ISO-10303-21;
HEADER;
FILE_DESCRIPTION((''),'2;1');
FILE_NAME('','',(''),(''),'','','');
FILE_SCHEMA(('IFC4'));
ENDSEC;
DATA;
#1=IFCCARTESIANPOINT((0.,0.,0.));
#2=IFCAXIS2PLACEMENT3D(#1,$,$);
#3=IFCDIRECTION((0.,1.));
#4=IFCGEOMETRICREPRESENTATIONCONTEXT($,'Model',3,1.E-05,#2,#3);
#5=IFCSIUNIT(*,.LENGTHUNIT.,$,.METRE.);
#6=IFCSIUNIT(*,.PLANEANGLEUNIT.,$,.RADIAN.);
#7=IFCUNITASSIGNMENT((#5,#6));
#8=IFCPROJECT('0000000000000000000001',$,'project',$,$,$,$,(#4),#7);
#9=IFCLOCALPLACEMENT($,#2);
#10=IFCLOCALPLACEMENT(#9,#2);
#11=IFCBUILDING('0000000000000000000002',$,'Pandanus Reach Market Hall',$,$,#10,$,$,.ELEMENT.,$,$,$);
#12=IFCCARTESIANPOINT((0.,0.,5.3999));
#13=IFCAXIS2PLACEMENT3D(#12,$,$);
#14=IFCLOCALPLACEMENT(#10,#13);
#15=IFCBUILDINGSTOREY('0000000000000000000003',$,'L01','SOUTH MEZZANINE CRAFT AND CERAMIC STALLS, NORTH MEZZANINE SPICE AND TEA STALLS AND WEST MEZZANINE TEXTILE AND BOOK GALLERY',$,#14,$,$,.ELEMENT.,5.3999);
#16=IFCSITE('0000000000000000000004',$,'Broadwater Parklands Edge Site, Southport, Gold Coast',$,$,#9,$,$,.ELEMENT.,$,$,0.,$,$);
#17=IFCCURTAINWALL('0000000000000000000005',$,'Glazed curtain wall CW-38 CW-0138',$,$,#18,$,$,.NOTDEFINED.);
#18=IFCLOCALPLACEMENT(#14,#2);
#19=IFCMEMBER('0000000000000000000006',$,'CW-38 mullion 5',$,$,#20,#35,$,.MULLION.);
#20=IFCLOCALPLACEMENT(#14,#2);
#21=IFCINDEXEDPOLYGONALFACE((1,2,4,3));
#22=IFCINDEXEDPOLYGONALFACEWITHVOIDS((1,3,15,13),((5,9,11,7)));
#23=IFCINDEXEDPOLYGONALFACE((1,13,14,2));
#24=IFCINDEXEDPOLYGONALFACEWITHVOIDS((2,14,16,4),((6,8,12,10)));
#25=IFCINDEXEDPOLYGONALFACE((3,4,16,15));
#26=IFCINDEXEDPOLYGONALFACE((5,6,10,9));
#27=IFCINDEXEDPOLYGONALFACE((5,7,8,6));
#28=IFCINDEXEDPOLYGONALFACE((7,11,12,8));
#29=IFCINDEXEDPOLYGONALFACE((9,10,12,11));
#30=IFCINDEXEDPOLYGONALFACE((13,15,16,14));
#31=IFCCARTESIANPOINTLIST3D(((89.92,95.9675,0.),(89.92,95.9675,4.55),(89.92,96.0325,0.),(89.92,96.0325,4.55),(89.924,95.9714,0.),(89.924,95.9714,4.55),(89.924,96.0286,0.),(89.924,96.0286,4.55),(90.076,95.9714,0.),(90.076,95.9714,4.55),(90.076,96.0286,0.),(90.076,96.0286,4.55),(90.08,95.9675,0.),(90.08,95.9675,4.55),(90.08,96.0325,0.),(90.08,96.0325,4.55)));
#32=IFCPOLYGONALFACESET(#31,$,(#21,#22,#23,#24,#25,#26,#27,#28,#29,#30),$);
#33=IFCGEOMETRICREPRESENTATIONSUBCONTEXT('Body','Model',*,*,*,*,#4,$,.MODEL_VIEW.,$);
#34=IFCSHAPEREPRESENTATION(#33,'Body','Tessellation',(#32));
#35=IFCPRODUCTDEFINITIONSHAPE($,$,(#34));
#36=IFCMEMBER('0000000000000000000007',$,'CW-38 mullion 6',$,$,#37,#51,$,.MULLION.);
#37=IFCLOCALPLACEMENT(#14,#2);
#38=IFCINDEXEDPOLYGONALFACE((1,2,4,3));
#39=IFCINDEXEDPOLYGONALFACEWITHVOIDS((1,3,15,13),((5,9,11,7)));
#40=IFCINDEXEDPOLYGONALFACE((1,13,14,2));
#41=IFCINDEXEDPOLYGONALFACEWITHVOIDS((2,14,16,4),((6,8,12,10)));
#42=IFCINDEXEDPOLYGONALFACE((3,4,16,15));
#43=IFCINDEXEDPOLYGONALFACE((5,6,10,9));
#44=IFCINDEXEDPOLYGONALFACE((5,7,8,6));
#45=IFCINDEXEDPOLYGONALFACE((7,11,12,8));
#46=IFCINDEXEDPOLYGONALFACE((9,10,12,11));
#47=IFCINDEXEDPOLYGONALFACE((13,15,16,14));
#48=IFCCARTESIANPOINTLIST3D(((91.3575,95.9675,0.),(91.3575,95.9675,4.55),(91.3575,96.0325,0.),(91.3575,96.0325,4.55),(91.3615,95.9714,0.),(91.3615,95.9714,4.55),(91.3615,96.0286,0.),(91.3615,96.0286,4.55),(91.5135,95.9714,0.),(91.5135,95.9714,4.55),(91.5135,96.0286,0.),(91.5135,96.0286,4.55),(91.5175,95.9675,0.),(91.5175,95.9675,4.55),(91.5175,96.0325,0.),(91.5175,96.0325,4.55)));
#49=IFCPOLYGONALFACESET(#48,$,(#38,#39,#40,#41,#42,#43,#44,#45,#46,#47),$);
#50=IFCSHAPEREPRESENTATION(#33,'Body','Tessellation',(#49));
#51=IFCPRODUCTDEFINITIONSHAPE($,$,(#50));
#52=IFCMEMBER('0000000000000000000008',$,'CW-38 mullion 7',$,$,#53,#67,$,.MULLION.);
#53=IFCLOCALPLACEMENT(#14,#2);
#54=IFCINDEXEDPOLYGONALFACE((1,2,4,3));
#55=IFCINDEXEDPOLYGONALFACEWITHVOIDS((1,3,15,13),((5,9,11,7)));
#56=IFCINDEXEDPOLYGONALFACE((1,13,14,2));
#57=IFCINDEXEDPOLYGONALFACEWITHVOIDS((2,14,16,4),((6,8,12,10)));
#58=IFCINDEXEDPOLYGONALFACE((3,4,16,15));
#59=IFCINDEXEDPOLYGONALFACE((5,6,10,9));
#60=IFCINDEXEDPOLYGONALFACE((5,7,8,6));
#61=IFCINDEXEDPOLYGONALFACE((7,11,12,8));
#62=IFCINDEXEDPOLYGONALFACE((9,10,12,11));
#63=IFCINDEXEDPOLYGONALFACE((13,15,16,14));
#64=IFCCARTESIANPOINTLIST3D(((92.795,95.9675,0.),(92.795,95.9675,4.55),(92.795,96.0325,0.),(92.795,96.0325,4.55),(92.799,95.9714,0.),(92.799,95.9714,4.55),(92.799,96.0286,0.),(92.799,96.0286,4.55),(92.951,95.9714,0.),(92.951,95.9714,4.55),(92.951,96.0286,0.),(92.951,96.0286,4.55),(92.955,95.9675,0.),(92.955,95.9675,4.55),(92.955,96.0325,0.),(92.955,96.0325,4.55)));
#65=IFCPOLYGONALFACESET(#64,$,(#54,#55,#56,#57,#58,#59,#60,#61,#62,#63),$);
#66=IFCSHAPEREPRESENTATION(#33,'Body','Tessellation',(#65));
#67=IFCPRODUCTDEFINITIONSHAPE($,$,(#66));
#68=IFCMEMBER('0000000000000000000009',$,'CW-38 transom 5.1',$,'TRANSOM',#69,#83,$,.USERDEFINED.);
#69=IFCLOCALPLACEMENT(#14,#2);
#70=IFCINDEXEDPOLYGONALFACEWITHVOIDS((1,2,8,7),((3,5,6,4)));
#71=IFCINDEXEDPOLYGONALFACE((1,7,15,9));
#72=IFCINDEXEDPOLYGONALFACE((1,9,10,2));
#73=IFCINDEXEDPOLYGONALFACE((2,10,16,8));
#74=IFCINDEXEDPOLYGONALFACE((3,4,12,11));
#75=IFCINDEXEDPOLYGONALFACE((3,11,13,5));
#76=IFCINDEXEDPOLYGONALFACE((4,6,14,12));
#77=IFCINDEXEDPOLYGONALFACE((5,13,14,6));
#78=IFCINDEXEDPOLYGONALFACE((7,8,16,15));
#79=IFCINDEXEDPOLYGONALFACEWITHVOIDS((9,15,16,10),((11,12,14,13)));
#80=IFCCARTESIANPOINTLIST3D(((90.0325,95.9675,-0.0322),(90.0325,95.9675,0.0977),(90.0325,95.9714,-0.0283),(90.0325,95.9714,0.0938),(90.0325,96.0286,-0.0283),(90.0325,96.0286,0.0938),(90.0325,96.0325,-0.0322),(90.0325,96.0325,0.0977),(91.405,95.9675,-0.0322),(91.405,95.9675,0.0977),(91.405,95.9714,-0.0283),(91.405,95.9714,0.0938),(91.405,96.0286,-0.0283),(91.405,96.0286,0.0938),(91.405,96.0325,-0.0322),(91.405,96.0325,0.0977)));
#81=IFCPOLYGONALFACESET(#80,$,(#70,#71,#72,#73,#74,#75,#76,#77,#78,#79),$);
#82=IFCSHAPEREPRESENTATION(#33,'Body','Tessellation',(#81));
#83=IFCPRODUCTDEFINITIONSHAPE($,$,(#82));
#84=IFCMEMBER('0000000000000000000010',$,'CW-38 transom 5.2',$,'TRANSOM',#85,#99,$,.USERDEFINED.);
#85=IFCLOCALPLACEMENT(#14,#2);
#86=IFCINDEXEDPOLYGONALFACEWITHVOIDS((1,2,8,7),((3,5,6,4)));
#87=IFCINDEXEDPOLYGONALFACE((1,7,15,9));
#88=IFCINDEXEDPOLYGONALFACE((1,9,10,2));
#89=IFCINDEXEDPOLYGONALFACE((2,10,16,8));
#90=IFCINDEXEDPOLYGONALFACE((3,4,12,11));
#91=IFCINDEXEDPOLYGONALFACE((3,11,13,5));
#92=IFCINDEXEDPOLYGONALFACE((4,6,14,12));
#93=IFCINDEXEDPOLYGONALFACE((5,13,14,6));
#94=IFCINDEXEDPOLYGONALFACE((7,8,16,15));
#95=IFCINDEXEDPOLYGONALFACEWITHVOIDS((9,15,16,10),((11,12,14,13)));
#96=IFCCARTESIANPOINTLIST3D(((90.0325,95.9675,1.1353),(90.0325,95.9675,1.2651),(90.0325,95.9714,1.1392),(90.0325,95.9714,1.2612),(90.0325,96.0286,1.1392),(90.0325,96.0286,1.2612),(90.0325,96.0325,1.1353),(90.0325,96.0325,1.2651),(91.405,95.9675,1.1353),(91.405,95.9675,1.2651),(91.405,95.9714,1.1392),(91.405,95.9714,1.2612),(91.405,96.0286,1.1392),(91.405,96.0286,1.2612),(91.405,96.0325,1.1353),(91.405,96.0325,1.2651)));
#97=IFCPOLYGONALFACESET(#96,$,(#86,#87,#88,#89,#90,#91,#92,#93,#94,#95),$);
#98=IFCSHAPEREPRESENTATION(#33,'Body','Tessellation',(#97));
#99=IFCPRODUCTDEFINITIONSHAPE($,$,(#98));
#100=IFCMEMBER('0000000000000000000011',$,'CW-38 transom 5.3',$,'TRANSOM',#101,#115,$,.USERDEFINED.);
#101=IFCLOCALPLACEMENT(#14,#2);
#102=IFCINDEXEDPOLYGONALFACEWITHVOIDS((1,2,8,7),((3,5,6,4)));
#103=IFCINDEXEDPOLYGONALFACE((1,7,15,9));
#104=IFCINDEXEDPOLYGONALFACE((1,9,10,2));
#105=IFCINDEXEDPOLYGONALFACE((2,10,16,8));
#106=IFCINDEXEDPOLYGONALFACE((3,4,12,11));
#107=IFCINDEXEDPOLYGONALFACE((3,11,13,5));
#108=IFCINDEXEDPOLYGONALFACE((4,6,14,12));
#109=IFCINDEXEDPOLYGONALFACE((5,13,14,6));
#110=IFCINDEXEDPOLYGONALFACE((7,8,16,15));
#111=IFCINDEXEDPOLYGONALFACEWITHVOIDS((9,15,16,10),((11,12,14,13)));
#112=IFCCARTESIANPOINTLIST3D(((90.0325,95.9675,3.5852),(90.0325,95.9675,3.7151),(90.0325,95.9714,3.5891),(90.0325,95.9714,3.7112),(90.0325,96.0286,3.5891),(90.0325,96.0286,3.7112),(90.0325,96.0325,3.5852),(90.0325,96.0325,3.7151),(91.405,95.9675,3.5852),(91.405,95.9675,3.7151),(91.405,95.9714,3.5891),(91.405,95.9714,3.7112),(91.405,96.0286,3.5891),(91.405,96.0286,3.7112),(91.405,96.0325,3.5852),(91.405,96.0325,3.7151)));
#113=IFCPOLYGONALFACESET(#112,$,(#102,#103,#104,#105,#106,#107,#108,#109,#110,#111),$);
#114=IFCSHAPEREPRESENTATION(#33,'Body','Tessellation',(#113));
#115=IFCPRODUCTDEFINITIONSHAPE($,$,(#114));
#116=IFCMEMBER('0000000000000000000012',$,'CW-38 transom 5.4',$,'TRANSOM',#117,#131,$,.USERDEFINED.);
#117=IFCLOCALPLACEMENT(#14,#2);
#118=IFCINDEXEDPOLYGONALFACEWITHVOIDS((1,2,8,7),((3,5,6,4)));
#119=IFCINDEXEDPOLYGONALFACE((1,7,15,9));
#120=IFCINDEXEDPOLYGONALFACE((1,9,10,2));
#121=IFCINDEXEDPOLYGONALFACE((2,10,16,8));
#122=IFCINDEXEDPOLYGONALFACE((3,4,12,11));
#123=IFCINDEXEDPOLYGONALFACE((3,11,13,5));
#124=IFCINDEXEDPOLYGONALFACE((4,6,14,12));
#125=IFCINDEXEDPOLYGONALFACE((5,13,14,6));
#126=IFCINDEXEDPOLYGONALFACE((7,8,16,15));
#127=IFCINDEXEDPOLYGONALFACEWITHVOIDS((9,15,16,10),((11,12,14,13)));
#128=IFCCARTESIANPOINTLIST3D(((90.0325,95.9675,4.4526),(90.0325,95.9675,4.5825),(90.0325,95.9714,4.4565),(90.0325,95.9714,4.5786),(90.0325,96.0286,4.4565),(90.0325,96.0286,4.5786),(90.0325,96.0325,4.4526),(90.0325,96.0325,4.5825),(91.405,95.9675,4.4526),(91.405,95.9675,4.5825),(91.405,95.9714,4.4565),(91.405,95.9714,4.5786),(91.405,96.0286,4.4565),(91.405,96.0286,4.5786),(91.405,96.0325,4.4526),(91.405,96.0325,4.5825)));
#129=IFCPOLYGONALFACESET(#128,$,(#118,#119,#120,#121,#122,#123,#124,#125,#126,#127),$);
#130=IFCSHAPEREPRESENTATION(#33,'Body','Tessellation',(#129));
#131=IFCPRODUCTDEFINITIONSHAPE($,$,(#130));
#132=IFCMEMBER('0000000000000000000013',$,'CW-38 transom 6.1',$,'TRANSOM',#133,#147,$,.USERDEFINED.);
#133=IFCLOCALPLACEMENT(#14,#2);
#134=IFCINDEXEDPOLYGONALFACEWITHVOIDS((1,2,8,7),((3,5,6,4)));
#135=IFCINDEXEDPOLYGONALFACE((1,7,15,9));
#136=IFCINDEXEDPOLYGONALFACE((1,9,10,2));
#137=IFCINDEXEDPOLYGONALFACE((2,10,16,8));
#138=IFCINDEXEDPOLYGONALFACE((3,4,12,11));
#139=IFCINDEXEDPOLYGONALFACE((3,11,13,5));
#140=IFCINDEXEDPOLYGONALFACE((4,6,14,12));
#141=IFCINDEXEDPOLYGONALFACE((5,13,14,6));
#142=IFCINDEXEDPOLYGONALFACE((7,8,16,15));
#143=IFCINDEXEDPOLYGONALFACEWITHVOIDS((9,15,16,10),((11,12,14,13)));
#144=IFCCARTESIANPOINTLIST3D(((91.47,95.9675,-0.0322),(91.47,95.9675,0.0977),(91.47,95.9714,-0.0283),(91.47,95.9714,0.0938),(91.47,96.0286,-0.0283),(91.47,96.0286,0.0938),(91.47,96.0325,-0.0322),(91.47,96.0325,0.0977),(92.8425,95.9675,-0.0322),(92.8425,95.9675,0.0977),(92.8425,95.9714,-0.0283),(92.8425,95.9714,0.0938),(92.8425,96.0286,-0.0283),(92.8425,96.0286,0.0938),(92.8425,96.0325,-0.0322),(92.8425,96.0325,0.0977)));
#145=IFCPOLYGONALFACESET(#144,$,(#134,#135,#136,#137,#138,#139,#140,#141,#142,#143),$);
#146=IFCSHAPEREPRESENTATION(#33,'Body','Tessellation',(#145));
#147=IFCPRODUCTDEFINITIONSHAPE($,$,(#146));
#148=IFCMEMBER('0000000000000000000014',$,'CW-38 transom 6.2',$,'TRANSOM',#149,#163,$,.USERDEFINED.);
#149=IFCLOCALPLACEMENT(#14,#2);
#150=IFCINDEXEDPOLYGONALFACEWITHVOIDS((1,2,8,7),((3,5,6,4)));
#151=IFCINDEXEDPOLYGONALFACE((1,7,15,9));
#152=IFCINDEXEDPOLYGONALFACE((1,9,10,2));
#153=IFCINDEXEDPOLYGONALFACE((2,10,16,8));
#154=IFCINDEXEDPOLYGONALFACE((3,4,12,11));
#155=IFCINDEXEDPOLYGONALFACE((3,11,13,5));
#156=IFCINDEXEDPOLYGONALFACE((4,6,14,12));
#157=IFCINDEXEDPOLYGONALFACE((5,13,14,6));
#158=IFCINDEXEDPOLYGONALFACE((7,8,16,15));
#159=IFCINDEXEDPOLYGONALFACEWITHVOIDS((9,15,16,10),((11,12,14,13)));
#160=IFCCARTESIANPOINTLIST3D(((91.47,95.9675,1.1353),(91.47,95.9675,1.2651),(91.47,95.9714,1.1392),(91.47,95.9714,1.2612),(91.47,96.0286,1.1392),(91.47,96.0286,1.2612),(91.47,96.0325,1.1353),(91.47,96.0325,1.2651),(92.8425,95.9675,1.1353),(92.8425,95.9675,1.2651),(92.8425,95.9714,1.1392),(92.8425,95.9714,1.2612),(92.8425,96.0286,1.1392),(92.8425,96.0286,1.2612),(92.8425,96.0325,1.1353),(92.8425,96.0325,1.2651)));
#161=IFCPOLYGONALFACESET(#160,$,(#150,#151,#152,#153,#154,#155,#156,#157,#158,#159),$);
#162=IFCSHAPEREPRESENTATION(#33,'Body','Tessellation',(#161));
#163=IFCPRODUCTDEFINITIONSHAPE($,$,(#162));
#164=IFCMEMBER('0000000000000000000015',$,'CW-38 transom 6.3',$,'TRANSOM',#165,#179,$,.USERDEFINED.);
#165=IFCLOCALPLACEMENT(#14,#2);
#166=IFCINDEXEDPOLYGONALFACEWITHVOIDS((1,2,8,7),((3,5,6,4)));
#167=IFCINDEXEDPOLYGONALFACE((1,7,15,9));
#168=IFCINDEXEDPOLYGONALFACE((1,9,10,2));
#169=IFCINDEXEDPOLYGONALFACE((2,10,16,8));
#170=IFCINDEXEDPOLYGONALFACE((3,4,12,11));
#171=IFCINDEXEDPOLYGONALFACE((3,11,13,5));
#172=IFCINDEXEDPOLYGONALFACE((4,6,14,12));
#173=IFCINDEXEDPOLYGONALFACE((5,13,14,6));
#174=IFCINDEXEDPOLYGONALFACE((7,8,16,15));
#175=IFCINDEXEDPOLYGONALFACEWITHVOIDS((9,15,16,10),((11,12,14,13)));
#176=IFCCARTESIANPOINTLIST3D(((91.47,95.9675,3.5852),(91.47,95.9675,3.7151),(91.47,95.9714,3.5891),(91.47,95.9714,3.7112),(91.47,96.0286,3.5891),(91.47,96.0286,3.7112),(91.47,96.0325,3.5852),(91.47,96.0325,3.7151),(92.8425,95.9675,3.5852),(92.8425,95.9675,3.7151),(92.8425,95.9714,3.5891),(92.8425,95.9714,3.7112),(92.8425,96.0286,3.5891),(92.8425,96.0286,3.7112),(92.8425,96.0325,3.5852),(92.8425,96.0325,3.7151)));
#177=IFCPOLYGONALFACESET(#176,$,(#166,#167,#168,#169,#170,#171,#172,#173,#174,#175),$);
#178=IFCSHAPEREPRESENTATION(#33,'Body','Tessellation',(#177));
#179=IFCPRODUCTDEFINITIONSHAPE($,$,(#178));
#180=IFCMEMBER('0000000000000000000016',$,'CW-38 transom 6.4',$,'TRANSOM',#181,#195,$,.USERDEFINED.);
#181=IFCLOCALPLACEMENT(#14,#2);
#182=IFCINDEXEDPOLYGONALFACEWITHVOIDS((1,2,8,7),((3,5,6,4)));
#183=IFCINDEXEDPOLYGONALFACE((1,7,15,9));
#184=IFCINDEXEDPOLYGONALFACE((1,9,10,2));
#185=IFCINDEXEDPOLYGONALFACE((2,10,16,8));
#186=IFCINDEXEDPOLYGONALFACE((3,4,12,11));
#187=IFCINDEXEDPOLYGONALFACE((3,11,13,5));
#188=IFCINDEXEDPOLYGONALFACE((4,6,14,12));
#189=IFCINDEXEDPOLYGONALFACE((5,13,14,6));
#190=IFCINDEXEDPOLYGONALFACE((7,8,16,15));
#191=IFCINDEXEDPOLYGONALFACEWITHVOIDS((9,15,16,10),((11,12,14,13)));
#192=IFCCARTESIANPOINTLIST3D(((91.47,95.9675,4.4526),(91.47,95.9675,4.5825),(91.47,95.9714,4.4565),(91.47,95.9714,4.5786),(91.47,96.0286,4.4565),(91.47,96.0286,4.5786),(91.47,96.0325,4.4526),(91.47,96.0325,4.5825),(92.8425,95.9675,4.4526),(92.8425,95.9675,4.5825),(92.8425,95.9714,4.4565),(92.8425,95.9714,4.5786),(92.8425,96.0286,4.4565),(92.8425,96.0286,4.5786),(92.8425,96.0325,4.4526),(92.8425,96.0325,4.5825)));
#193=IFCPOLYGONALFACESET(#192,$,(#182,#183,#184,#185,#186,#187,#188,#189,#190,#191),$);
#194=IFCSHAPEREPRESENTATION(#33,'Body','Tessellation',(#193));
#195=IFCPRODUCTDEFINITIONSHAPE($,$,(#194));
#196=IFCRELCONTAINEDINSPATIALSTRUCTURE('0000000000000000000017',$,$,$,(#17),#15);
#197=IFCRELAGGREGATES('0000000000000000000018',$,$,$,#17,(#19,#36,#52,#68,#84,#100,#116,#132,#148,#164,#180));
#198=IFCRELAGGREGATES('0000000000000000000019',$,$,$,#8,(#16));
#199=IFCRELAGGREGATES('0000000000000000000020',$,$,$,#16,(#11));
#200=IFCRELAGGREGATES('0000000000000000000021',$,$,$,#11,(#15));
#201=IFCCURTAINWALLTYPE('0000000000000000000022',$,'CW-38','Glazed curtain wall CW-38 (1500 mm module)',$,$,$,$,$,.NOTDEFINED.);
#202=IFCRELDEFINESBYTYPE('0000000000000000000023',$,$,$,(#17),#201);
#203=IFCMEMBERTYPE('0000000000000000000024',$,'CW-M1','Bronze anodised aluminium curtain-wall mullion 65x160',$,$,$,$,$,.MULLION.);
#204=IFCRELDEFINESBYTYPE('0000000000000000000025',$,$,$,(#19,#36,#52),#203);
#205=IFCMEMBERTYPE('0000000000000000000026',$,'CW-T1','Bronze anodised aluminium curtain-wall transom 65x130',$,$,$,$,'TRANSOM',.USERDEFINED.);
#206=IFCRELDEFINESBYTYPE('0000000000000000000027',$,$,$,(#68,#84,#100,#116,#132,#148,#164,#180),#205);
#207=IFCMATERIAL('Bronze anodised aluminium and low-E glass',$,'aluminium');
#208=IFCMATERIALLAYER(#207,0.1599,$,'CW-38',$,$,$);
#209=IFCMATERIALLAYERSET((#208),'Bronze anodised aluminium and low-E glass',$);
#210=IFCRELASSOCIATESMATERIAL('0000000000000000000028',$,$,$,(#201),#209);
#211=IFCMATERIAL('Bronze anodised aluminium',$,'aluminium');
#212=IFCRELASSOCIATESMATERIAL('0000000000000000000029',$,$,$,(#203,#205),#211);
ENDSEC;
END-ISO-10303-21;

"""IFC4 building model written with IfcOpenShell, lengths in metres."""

from ifc_helpers import new_model, si_unit, direction, frame, origin, origin_2d, place, context, subcontext, project, spatial, hollow_rectangle, extrude, material, layer, layer_set, material_profile, profile_set, type_object, element, aggregate, save


model = new_model("IFC4")

# Units and contexts
model_context = context("Model", 3, precision=1e-05, world=origin(), true_north=direction((0.0, 1.0)))
body_context = subcontext(model_context, "Body", "Model", "MODEL_VIEW")
ifc_project = project(units=[si_unit("LENGTHUNIT", "METRE"), si_unit("PLANEANGLEUNIT", "RADIAN")], contexts=[model_context])

# Site, building, storey
site_placement = place(None, origin())
site = spatial("IfcSite", under=ifc_project, at=site_placement, Name="Broadwater Parklands Edge Site, Southport, Gold Coast", CompositionType="ELEMENT", RefElevation=0.0)
building_placement = place(site_placement, origin())
building = spatial("IfcBuilding", under=site, at=building_placement, Name="Pandanus Reach Market Hall", CompositionType="ELEMENT")
storey_placement = place(building_placement, frame((0.0, 0.0, 5.3999)))
storey = spatial("IfcBuildingStorey", under=building, at=storey_placement, Name="L01", Description="SOUTH MEZZANINE CRAFT AND CERAMIC STALLS, NORTH MEZZANINE SPICE AND TEA STALLS AND WEST MEZZANINE TEXTILE AND BOOK GALLERY", CompositionType="ELEMENT", Elevation=5.3999)

# Curtain wall, members
ifc_material_1 = material(Name="Bronze anodised aluminium and low-E glass", Category="aluminium")
ifc_layer_1 = layer(ifc_material_1, 0.1599, Name="CW-38")
ifc_layer_set_1 = layer_set([ifc_layer_1], Name="Bronze anodised aluminium and low-E glass")
curtain_wall_type = type_object("IfcCurtainWallType", Name="CW-38", Description="Glazed curtain wall CW-38 (1500 mm module)", PredefinedType="NOTDEFINED", material=ifc_layer_set_1)
curtain_wall_placement = place(storey_placement, origin())
curtain_wall = element("IfcCurtainWall", 1, at=curtain_wall_placement, inside=storey, type_object=curtain_wall_type, Name="Glazed curtain wall CW-38 CW-0138", PredefinedType="NOTDEFINED")
ifc_material_2 = material(Name="Bronze anodised aluminium", Category="aluminium")
ifc_material_profile_1 = material_profile(ifc_material_2, hollow_rectangle(XDim=0.0649, YDim=0.1599, WallThickness=0.0039, at=origin_2d()), Name="ALU65x160", Category="LoadBearing")
ifc_profile_set_1 = profile_set([ifc_material_profile_1], Name="Bronze anodised aluminium")
member_type_1 = type_object("IfcMemberType", Name="CW-M1", Description="Bronze anodised aluminium curtain-wall mullion 65x160", PredefinedType="MULLION", material=ifc_profile_set_1)
member_1_placement = place(storey_placement, frame((90.0, 96.0, 0.0), z_axis=(0.0, 0.0, 1.0), x_axis=(0.0, 1.0, 0.0)))
member_1 = element("IfcMember", 2, at=member_1_placement, type_object=member_type_1, Name="CW-38 mullion 5", PredefinedType="MULLION", context=body_context, shape_type="SweptSolid", body=[
    extrude(hollow_rectangle(XDim=0.0649, YDim=0.1599, WallThickness=0.0039, at=origin_2d()), origin(), (0.0, 0.0, 1.0), 4.55),
])
member_2_placement = place(storey_placement, frame((91.4375, 96.0, 0.0), z_axis=(0.0, 0.0, 1.0), x_axis=(0.0, 1.0, 0.0)))
member_2 = element("IfcMember", 3, at=member_2_placement, type_object=member_type_1, Name="CW-38 mullion 6", PredefinedType="MULLION", context=body_context, shape_type="SweptSolid", body=[
    extrude(hollow_rectangle(XDim=0.0649, YDim=0.1599, WallThickness=0.0039, at=origin_2d()), origin(), (0.0, 0.0, 1.0), 4.55),
])
member_3_placement = place(storey_placement, frame((92.875, 96.0, 0.0), z_axis=(0.0, 0.0, 1.0), x_axis=(0.0, 1.0, 0.0)))
member_3 = element("IfcMember", 4, at=member_3_placement, type_object=member_type_1, Name="CW-38 mullion 7", PredefinedType="MULLION", context=body_context, shape_type="SweptSolid", body=[
    extrude(hollow_rectangle(XDim=0.0649, YDim=0.1599, WallThickness=0.0039, at=origin_2d()), origin(), (0.0, 0.0, 1.0), 4.55),
])
ifc_material_profile_2 = material_profile(ifc_material_2, hollow_rectangle(XDim=0.0649, YDim=0.1299, WallThickness=0.0039, at=origin_2d()), Name="ALU65x130", Category="LoadBearing")
ifc_profile_set_2 = profile_set([ifc_material_profile_2], Name="Bronze anodised aluminium")
member_type_2 = type_object("IfcMemberType", Name="CW-T1", Description="Bronze anodised aluminium curtain-wall transom 65x130", ElementType="TRANSOM", PredefinedType="USERDEFINED", material=ifc_profile_set_2)
member_4_placement = place(storey_placement, frame((90.0325, 96.0, 0.0327), z_axis=(1.0, 0.0, 0.0), x_axis=(0.0, 1.0, 0.0)))
member_4 = element("IfcMember", 5, at=member_4_placement, type_object=member_type_2, Name="CW-38 transom 5.1", ObjectType="TRANSOM", PredefinedType="USERDEFINED", context=body_context, shape_type="SweptSolid", body=[
    extrude(hollow_rectangle(XDim=0.0649, YDim=0.1299, WallThickness=0.0039, at=origin_2d()), origin(), (0.0, 0.0, 1.0), 1.3726),
])
member_5_placement = place(storey_placement, frame((90.0325, 96.0, 1.2002), z_axis=(1.0, 0.0, 0.0), x_axis=(0.0, 1.0, 0.0)))
member_5 = element("IfcMember", 6, at=member_5_placement, type_object=member_type_2, Name="CW-38 transom 5.2", ObjectType="TRANSOM", PredefinedType="USERDEFINED", context=body_context, shape_type="SweptSolid", body=[
    extrude(hollow_rectangle(XDim=0.0649, YDim=0.1299, WallThickness=0.0039, at=origin_2d()), origin(), (0.0, 0.0, 1.0), 1.3726),
])
member_6_placement = place(storey_placement, frame((90.0325, 96.0, 3.6501), z_axis=(1.0, 0.0, 0.0), x_axis=(0.0, 1.0, 0.0)))
member_6 = element("IfcMember", 7, at=member_6_placement, type_object=member_type_2, Name="CW-38 transom 5.3", ObjectType="TRANSOM", PredefinedType="USERDEFINED", context=body_context, shape_type="SweptSolid", body=[
    extrude(hollow_rectangle(XDim=0.0649, YDim=0.1299, WallThickness=0.0039, at=origin_2d()), origin(), (0.0, 0.0, 1.0), 1.3726),
])
member_7_placement = place(storey_placement, frame((90.0325, 96.0, 4.5176), z_axis=(1.0, 0.0, 0.0), x_axis=(0.0, 1.0, 0.0)))
member_7 = element("IfcMember", 8, at=member_7_placement, type_object=member_type_2, Name="CW-38 transom 5.4", ObjectType="TRANSOM", PredefinedType="USERDEFINED", context=body_context, shape_type="SweptSolid", body=[
    extrude(hollow_rectangle(XDim=0.0649, YDim=0.1299, WallThickness=0.0039, at=origin_2d()), origin(), (0.0, 0.0, 1.0), 1.3726),
])
member_8_placement = place(storey_placement, frame((91.47, 96.0, 0.0327), z_axis=(1.0, 0.0, 0.0), x_axis=(0.0, 1.0, 0.0)))
member_8 = element("IfcMember", 9, at=member_8_placement, type_object=member_type_2, Name="CW-38 transom 6.1", ObjectType="TRANSOM", PredefinedType="USERDEFINED", context=body_context, shape_type="SweptSolid", body=[
    extrude(hollow_rectangle(XDim=0.0649, YDim=0.1299, WallThickness=0.0039, at=origin_2d()), origin(), (0.0, 0.0, 1.0), 1.3726),
])
member_9_placement = place(storey_placement, frame((91.47, 96.0, 1.2002), z_axis=(1.0, 0.0, 0.0), x_axis=(0.0, 1.0, 0.0)))
member_9 = element("IfcMember", 10, at=member_9_placement, type_object=member_type_2, Name="CW-38 transom 6.2", ObjectType="TRANSOM", PredefinedType="USERDEFINED", context=body_context, shape_type="SweptSolid", body=[
    extrude(hollow_rectangle(XDim=0.0649, YDim=0.1299, WallThickness=0.0039, at=origin_2d()), origin(), (0.0, 0.0, 1.0), 1.3726),
])
member_10_placement = place(storey_placement, frame((91.47, 96.0, 3.6501), z_axis=(1.0, 0.0, 0.0), x_axis=(0.0, 1.0, 0.0)))
member_10 = element("IfcMember", 11, at=member_10_placement, type_object=member_type_2, Name="CW-38 transom 6.3", ObjectType="TRANSOM", PredefinedType="USERDEFINED", context=body_context, shape_type="SweptSolid", body=[
    extrude(hollow_rectangle(XDim=0.0649, YDim=0.1299, WallThickness=0.0039, at=origin_2d()), origin(), (0.0, 0.0, 1.0), 1.3726),
])
member_11_placement = place(storey_placement, frame((91.47, 96.0, 4.5176), z_axis=(1.0, 0.0, 0.0), x_axis=(0.0, 1.0, 0.0)))
member_11 = element("IfcMember", 12, at=member_11_placement, type_object=member_type_2, Name="CW-38 transom 6.4", ObjectType="TRANSOM", PredefinedType="USERDEFINED", context=body_context, shape_type="SweptSolid", body=[
    extrude(hollow_rectangle(XDim=0.0649, YDim=0.1299, WallThickness=0.0039, at=origin_2d()), origin(), (0.0, 0.0, 1.0), 1.3726),
])
aggregate(curtain_wall, [member_1, member_2, member_3, member_4, member_5, member_6, member_7, member_8, member_9, member_10, member_11])

save(model, "model.ifc")
